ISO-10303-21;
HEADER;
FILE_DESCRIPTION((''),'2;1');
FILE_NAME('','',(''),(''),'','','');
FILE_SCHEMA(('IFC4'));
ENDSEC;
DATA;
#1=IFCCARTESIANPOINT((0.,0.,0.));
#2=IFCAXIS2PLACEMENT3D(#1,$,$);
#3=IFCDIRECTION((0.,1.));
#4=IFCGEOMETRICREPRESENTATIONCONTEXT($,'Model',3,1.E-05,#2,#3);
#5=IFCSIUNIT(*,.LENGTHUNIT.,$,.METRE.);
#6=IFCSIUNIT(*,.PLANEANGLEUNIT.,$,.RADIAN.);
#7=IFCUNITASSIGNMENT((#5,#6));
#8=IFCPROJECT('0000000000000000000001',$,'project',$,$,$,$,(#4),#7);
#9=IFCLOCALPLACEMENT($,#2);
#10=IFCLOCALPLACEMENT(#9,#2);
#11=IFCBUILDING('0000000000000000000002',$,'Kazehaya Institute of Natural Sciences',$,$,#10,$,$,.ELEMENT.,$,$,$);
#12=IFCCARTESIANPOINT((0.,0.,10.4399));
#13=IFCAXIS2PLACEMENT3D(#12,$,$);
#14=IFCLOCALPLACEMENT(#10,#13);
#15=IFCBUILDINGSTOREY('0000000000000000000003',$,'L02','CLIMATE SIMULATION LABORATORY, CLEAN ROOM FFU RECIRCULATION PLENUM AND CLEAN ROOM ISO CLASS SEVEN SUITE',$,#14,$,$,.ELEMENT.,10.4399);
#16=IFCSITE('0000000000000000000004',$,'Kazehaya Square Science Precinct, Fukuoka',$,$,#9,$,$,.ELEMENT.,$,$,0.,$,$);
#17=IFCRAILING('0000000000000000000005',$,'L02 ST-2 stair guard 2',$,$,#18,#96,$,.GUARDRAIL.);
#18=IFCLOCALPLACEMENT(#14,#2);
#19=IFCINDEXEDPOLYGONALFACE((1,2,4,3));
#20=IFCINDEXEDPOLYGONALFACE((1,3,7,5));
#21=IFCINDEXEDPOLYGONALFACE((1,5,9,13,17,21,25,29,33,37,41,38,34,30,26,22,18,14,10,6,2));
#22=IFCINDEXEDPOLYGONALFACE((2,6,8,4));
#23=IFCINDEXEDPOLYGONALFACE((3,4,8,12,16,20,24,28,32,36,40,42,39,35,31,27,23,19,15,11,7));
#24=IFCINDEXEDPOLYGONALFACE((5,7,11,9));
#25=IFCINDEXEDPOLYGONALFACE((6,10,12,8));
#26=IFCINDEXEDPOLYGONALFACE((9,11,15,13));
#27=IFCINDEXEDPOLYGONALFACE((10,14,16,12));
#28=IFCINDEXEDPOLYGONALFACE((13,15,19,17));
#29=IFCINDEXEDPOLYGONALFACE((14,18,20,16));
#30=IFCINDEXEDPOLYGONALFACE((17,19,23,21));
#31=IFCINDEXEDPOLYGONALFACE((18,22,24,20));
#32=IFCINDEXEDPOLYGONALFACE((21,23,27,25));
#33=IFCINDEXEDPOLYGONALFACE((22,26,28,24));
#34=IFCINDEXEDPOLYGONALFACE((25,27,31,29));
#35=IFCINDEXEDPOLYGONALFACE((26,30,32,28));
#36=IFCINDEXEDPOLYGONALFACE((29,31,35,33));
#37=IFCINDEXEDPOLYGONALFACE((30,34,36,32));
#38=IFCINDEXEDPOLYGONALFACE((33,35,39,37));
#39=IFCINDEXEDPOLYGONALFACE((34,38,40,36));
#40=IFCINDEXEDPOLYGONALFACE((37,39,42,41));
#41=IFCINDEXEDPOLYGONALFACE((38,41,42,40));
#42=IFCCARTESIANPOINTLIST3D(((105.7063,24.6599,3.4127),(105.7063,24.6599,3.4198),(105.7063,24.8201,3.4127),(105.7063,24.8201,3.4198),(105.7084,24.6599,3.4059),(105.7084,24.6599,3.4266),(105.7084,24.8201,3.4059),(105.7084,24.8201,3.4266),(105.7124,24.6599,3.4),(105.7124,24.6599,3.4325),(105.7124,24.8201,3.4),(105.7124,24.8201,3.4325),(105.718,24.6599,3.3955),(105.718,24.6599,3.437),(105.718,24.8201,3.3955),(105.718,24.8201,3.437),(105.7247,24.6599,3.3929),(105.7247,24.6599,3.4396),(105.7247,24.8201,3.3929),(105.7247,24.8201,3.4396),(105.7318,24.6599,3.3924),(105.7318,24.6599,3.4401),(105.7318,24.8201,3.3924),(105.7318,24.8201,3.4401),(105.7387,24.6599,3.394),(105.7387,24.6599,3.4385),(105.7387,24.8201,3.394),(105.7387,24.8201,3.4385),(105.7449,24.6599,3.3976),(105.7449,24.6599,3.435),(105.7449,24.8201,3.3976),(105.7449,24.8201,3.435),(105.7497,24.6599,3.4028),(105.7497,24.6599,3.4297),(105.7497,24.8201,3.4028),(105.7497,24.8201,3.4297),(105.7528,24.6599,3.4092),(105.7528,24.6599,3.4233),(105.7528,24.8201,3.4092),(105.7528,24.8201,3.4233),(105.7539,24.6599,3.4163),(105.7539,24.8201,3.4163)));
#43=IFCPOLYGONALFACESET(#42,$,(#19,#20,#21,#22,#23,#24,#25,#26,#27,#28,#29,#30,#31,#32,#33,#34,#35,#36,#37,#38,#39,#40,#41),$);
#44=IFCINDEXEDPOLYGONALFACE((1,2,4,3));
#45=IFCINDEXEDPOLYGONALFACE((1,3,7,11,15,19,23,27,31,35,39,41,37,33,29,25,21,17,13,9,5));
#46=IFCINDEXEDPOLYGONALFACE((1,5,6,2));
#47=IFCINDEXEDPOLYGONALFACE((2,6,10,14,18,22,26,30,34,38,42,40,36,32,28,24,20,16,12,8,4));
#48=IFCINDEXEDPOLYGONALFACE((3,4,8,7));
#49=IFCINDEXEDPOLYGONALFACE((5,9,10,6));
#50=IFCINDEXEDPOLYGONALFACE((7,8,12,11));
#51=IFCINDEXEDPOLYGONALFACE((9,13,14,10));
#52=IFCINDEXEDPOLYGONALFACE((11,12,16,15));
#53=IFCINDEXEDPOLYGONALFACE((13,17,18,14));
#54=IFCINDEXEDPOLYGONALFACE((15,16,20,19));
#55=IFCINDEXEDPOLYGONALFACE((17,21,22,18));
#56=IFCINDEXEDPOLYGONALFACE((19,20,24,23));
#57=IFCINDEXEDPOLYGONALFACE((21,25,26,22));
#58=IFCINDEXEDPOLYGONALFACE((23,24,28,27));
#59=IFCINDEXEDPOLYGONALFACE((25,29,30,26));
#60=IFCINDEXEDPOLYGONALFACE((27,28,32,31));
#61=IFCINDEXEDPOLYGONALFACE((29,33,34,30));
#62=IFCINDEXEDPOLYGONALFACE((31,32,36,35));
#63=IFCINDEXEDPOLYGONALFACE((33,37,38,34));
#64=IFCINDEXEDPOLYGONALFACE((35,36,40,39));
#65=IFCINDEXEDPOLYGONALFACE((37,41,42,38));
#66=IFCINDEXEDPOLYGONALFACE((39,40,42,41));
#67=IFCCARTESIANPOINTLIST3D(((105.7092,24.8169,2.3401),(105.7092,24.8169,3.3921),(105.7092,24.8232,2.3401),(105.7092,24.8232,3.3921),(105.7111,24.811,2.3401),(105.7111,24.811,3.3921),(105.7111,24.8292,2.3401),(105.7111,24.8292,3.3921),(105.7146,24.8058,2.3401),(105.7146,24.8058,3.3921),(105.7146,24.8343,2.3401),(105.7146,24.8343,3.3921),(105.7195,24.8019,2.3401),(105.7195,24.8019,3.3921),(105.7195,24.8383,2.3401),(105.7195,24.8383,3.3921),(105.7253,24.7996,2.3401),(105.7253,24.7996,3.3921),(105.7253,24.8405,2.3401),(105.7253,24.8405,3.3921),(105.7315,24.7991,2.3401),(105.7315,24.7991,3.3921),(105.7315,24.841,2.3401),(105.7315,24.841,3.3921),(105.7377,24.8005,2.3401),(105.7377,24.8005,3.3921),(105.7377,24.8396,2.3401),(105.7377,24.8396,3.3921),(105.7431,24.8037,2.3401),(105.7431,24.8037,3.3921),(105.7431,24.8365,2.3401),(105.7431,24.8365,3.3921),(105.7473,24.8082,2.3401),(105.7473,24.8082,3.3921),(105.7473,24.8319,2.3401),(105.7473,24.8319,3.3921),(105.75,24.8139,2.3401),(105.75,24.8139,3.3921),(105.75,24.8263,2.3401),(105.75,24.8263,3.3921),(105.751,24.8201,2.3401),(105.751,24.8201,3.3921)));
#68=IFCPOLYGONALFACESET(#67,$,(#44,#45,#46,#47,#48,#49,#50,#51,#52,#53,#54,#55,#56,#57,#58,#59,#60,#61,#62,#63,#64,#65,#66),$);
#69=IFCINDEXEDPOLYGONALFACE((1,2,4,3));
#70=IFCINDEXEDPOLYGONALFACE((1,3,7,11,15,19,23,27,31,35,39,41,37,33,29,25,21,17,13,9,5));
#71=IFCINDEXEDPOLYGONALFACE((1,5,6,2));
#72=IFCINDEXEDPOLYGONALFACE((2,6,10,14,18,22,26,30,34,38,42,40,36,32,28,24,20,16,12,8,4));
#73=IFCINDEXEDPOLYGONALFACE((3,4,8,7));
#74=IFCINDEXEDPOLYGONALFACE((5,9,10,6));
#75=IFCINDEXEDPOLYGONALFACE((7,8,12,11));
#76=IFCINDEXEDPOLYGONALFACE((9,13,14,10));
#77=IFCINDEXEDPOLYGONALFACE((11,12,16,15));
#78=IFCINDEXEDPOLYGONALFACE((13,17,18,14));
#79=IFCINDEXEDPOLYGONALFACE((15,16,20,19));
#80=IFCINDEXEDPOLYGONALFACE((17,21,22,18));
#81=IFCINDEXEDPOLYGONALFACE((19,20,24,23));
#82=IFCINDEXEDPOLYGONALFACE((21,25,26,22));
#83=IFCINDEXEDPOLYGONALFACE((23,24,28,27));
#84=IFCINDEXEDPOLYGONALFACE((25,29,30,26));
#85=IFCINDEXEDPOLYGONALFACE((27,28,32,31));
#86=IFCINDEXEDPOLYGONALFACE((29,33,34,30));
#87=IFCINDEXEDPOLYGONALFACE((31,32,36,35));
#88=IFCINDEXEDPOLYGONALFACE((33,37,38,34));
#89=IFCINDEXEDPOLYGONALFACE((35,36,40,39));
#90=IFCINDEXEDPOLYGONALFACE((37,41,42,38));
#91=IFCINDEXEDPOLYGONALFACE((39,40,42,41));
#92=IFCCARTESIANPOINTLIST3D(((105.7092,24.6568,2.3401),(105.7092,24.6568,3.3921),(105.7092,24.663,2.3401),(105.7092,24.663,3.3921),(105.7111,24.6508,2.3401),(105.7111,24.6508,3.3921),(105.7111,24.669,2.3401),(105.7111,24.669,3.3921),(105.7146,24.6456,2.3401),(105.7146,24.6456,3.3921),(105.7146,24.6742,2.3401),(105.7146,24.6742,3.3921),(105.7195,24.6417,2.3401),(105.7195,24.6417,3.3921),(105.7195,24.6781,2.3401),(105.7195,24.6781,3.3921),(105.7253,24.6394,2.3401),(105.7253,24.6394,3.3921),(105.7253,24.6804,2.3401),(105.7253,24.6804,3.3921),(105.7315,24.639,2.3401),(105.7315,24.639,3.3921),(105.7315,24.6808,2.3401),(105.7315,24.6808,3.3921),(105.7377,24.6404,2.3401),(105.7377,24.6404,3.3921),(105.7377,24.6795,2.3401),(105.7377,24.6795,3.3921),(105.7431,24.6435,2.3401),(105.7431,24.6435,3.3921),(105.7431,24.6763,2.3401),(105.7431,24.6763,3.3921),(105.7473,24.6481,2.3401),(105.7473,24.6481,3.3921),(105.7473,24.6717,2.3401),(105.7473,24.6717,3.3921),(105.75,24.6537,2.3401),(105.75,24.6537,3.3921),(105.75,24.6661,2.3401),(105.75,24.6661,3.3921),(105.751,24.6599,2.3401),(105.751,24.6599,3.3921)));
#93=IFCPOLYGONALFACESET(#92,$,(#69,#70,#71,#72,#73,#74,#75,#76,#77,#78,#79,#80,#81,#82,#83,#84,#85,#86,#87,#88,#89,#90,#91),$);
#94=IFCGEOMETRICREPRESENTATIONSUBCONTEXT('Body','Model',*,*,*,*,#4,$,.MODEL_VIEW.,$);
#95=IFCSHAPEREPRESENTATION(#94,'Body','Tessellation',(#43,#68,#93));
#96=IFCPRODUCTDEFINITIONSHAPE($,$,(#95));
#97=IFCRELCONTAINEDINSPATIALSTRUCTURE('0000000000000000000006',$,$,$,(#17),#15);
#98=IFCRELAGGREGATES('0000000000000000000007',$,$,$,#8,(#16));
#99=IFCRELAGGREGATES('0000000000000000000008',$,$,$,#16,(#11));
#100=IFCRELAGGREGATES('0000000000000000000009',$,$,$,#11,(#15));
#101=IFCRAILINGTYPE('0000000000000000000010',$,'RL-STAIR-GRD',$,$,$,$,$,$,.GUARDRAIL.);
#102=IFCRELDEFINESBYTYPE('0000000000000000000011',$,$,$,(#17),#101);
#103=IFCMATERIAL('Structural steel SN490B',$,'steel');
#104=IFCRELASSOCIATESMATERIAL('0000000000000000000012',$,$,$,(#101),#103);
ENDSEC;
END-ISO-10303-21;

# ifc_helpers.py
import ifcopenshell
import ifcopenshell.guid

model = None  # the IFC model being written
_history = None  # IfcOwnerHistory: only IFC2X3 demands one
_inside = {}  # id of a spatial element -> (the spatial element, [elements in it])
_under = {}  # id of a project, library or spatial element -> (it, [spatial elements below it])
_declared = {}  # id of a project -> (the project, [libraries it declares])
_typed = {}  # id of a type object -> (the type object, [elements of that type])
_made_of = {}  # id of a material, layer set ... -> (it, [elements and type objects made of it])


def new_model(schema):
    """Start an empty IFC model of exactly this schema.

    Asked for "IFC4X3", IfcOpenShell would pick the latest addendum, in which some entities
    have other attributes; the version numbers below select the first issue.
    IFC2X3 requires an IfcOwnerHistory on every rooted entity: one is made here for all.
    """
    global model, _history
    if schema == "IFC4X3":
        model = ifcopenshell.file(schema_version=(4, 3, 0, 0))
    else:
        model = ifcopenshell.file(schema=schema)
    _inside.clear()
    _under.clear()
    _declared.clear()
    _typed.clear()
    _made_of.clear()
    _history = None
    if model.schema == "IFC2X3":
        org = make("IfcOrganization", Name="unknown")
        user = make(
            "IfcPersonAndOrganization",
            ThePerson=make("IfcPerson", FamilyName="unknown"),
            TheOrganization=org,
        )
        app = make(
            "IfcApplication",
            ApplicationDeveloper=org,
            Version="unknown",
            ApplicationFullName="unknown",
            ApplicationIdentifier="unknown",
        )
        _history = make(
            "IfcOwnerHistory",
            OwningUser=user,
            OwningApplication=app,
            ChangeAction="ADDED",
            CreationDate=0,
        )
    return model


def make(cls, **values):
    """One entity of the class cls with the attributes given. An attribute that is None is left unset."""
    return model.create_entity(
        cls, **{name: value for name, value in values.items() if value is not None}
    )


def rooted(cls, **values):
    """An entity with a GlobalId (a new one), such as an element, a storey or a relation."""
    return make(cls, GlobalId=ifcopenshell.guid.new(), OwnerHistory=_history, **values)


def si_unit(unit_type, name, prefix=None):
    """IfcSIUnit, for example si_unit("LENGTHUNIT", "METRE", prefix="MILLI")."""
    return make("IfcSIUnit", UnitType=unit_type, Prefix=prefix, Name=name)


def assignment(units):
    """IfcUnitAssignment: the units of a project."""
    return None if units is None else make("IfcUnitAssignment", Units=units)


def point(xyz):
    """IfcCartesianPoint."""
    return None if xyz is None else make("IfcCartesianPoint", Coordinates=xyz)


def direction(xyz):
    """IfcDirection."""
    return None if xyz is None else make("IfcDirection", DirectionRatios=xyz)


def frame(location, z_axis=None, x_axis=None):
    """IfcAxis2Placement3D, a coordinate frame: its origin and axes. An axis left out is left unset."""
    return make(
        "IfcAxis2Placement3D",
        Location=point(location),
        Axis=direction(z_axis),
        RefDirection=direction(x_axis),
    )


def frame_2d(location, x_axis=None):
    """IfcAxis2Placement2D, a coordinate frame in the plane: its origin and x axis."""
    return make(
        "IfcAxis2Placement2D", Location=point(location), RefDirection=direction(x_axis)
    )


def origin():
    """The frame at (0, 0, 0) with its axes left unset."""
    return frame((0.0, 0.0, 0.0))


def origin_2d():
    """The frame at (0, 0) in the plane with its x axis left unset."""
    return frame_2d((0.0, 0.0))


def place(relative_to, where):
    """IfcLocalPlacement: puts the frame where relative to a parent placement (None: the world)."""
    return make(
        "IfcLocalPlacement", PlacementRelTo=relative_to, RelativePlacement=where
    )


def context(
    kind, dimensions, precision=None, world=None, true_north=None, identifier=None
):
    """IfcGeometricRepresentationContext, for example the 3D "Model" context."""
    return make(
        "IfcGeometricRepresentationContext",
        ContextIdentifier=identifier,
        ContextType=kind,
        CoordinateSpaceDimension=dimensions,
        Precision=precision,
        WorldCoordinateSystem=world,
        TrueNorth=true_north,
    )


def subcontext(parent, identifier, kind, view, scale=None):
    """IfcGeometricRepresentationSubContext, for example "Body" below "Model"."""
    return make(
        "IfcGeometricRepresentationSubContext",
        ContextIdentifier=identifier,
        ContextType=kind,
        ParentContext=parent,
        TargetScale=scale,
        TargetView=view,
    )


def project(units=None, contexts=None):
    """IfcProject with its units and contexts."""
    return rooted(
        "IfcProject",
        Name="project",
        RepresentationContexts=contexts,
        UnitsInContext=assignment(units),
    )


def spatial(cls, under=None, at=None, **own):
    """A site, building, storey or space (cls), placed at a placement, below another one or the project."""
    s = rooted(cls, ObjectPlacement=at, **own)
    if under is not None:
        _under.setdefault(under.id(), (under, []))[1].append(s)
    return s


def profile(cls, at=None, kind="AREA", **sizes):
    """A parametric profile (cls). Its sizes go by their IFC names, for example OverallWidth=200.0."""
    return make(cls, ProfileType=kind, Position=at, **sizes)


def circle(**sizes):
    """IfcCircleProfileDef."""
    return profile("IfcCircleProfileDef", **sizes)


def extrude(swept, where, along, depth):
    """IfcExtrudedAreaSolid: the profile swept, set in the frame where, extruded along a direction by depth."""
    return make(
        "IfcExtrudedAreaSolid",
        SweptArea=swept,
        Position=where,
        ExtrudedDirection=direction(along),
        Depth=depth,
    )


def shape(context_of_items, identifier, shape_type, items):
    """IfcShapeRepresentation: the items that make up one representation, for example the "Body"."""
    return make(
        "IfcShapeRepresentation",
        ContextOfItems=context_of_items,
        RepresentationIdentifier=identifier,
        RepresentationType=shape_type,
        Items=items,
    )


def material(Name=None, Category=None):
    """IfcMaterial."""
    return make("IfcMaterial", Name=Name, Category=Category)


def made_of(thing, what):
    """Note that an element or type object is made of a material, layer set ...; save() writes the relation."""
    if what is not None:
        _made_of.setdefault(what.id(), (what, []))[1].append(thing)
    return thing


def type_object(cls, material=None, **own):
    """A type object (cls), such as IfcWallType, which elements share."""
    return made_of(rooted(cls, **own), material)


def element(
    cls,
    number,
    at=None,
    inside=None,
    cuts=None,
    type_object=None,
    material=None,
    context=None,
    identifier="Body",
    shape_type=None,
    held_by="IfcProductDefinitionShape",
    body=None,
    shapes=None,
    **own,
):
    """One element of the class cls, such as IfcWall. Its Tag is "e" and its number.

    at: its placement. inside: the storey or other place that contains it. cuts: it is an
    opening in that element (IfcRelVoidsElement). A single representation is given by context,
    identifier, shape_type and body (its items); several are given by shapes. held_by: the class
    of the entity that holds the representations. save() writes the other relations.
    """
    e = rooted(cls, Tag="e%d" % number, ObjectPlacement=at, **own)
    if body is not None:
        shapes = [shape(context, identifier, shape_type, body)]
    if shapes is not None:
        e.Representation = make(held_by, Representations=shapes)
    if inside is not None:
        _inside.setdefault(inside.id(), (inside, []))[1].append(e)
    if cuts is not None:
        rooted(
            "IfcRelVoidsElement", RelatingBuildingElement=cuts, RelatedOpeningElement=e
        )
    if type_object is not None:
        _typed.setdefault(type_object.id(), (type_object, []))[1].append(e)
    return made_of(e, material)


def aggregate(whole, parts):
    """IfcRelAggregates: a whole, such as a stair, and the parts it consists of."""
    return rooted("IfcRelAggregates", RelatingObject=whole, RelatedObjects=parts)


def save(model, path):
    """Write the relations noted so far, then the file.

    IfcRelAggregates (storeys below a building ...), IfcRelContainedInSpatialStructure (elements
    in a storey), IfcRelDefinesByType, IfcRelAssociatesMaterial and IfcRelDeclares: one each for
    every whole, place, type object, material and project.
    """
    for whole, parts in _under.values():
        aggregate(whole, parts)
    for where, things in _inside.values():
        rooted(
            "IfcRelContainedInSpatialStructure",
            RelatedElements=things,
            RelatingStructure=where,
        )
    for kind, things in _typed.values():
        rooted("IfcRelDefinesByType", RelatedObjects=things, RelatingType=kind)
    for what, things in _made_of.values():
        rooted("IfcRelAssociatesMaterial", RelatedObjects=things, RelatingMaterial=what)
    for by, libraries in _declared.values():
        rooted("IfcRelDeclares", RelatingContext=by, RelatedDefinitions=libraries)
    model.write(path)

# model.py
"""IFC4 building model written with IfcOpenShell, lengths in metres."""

from ifc_helpers import new_model, si_unit, direction, frame, origin, origin_2d, place, context, subcontext, project, spatial, circle, extrude, material, type_object, element, save


model = new_model("IFC4")

# Units and contexts
model_context = context("Model", 3, precision=1e-05, world=origin(), true_north=direction((0.0, 1.0)))
body_context = subcontext(model_context, "Body", "Model", "MODEL_VIEW")
ifc_project = project(units=[si_unit("LENGTHUNIT", "METRE"), si_unit("PLANEANGLEUNIT", "RADIAN")], contexts=[model_context])

# Site, building, storey
site_placement = place(None, origin())
site = spatial("IfcSite", under=ifc_project, at=site_placement, Name="Kazehaya Square Science Precinct, Fukuoka", CompositionType="ELEMENT", RefElevation=0.0)
building_placement = place(site_placement, origin())
building = spatial("IfcBuilding", under=site, at=building_placement, Name="Kazehaya Institute of Natural Sciences", CompositionType="ELEMENT")
storey_placement = place(building_placement, frame((0.0, 0.0, 10.4399)))
storey = spatial("IfcBuildingStorey", under=building, at=storey_placement, Name="L02", Description="CLIMATE SIMULATION LABORATORY, CLEAN ROOM FFU RECIRCULATION PLENUM AND CLEAN ROOM ISO CLASS SEVEN SUITE", CompositionType="ELEMENT", Elevation=10.4399)

# Railing
ifc_material_1 = material(Name="Structural steel SN490B", Category="steel")
railing_type_1 = type_object("IfcRailingType", Name="RL-STAIR-GRD", PredefinedType="GUARDRAIL", material=ifc_material_1)
railing_1_placement = place(storey_placement, frame((105.73, 24.8201, 2.3401)))
element("IfcRailing", 1, at=railing_1_placement, inside=storey, type_object=railing_type_1, Name="L02 ST-2 stair guard 2", PredefinedType="GUARDRAIL", context=body_context, shape_type="SweptSolid", body=[
    extrude(circle(Radius=0.0239, at=origin_2d()), frame((0.0, 0.0, 1.0762), z_axis=(0.0, -1.0, 0.0), x_axis=(1.0, 0.0, 0.0)), (0.0, 0.0, 1.0), 0.1602),
    extrude(circle(Radius=0.021, at=origin_2d()), origin(), (0.0, 0.0, 1.0), 1.052),
    extrude(circle(Radius=0.021, at=origin_2d()), frame((0.0, -0.1602, 0.0)), (0.0, 0.0, 1.0), 1.052),
])

save(model, "model.ifc")
